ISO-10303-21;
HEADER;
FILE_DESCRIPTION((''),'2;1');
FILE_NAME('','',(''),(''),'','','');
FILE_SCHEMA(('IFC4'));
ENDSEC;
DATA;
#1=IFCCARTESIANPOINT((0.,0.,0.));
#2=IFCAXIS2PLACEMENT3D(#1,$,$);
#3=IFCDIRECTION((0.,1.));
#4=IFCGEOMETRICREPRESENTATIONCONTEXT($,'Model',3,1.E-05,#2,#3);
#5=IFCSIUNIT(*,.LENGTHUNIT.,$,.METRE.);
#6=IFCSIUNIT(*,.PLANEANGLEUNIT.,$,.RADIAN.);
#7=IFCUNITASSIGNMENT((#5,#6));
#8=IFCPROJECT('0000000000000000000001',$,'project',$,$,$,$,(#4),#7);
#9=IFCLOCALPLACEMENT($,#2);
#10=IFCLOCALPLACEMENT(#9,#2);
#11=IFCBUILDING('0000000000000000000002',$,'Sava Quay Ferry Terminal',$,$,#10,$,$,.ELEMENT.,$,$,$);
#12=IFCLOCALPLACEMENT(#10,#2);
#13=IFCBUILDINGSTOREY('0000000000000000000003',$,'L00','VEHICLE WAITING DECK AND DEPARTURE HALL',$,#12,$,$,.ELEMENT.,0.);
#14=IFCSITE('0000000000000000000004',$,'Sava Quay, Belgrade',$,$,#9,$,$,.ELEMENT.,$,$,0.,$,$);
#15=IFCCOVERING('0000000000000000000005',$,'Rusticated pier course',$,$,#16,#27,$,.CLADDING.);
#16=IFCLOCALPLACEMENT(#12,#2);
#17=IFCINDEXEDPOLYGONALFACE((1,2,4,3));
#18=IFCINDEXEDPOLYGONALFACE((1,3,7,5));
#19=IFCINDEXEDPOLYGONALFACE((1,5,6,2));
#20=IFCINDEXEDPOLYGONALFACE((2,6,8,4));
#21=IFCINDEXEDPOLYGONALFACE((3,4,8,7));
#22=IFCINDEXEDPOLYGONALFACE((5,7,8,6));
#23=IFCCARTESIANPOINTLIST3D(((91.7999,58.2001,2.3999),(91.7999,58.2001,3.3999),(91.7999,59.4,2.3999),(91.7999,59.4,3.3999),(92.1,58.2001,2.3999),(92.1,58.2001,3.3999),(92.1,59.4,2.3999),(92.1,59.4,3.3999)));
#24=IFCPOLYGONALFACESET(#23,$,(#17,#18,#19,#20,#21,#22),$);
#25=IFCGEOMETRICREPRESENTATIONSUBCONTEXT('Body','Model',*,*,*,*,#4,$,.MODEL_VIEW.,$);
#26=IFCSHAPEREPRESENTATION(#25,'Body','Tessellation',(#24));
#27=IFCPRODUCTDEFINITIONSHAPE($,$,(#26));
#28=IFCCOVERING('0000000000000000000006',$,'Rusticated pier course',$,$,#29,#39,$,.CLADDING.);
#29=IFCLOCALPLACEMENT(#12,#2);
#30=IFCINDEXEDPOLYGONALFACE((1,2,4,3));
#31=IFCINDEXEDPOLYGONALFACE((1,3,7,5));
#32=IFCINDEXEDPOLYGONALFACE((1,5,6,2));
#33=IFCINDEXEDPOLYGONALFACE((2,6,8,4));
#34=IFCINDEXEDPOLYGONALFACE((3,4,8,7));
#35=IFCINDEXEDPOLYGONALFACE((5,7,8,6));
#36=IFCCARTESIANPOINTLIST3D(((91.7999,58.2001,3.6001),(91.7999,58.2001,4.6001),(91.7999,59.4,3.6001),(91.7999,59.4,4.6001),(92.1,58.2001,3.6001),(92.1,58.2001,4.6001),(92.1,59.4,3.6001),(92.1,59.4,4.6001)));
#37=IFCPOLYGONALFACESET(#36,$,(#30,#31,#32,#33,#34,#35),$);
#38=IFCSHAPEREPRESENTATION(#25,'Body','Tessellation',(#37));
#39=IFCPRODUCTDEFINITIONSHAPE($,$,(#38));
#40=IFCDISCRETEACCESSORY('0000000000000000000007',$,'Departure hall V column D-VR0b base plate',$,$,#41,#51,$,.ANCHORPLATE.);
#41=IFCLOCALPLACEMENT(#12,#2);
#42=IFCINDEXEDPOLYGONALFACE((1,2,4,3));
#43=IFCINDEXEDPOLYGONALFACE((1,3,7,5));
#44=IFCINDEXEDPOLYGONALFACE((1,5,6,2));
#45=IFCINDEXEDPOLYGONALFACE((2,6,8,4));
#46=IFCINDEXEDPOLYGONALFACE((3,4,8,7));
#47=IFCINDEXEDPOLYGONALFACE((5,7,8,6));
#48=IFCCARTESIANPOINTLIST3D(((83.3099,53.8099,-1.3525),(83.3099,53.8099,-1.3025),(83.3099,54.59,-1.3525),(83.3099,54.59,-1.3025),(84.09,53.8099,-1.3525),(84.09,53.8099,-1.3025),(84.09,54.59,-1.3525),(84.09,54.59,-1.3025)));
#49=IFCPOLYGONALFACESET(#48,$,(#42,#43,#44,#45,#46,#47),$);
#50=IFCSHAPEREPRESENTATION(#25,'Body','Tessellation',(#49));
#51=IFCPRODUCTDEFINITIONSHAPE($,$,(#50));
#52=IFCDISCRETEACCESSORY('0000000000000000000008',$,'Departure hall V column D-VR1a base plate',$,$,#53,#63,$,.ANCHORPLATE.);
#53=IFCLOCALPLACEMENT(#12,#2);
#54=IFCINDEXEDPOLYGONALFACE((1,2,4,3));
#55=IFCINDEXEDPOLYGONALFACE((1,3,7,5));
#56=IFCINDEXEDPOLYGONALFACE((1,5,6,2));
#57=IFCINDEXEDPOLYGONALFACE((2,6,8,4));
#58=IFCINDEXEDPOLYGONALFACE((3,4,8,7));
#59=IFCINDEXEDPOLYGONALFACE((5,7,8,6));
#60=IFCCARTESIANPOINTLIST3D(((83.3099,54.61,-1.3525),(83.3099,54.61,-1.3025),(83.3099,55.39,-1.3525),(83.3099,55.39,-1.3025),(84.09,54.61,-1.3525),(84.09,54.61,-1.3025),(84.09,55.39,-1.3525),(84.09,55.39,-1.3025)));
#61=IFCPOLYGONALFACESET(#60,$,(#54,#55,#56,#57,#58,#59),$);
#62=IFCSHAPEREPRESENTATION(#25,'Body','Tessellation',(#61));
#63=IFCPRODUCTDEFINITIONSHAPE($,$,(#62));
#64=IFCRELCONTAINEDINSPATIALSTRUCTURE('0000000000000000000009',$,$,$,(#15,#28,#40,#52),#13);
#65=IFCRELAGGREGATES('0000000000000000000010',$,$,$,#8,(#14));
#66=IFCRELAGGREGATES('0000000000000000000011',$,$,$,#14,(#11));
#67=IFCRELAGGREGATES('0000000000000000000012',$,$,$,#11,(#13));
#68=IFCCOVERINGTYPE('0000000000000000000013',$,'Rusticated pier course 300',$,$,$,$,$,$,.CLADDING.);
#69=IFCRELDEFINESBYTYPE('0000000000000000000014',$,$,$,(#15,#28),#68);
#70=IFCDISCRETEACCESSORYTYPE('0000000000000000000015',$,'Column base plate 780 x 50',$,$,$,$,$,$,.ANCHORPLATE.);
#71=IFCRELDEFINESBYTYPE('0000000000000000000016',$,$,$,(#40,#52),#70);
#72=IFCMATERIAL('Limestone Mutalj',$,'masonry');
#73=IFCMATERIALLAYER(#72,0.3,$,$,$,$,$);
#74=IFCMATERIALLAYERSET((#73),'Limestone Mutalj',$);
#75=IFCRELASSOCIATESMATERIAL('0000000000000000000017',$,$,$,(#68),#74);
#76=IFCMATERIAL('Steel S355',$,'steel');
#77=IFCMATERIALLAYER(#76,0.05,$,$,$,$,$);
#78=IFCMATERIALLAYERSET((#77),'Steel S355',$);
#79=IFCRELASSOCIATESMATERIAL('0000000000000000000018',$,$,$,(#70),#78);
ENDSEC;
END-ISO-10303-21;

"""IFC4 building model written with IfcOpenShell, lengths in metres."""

from ifc_helpers import new_model, si_unit, direction, frame, origin, origin_2d, place, context, subcontext, project, spatial, rectangle, extrude, material, layer, layer_set, type_object, element, save


model = new_model("IFC4")

# Units and contexts
model_context = context("Model", 3, precision=1e-05, world=origin(), true_north=direction((0.0, 1.0)))
body_context = subcontext(model_context, "Body", "Model", "MODEL_VIEW")
ifc_project = project(units=[si_unit("LENGTHUNIT", "METRE"), si_unit("PLANEANGLEUNIT", "RADIAN")], contexts=[model_context])

# Site, building, storey
site_placement = place(None, origin())
site = spatial("IfcSite", under=ifc_project, at=site_placement, Name="Sava Quay, Belgrade", CompositionType="ELEMENT", RefElevation=0.0)
building_placement = place(site_placement, origin())
building = spatial("IfcBuilding", under=site, at=building_placement, Name="Sava Quay Ferry Terminal", CompositionType="ELEMENT")
storey_placement = place(building_placement, origin())
storey = spatial("IfcBuildingStorey", under=building, at=storey_placement, Name="L00", Description="VEHICLE WAITING DECK AND DEPARTURE HALL", CompositionType="ELEMENT", Elevation=0.0)

# Coverings
ifc_material_1 = material(Name="Limestone Mutalj", Category="masonry")
ifc_layer_1 = layer(ifc_material_1, 0.3)
ifc_layer_set_1 = layer_set([ifc_layer_1], Name="Limestone Mutalj")
covering_type_1 = type_object("IfcCoveringType", Name="Rusticated pier course 300", PredefinedType="CLADDING", material=ifc_layer_set_1)
for number, where, z_axis, x_axis, name in (
    (1, (91.95, 58.8, 2.3999), (0.0, 0.0, 1.0), (1.0, 0.0, 0.0), "Rusticated pier course"),
    (2, (91.95, 58.8, 3.6001), (0.0, 0.0, 1.0), (1.0, 0.0, 0.0), "Rusticated pier course"),
):
    element("IfcCovering", number, at=place(storey_placement, frame(where, z_axis=z_axis, x_axis=x_axis)), inside=storey, type_object=covering_type_1, Name=name, PredefinedType="CLADDING", context=body_context, shape_type="SweptSolid", body=[
        extrude(rectangle(XDim=0.3, YDim=1.2, at=origin_2d()), origin(), (0.0, 0.0, 1.0), 1.0),
    ])

# Discrete accessories
ifc_material_2 = material(Name="Steel S355", Category="steel")
ifc_layer_2 = layer(ifc_material_2, 0.05)
ifc_layer_set_2 = layer_set([ifc_layer_2], Name="Steel S355")
discrete_accessory_type = type_object("IfcDiscreteAccessoryType", Name="Column base plate 780 x 50", PredefinedType="ANCHORPLATE", material=ifc_layer_set_2)
for number, where, z_axis, x_axis, name in (
    (3, (83.7, 54.2, -1.3525), (0.0, 0.0, 1.0), (1.0, 0.0, 0.0), "Departure hall V column D-VR0b base plate"),
    (4, (83.7, 55.0, -1.3525), (0.0, 0.0, 1.0), (1.0, 0.0, 0.0), "Departure hall V column D-VR1a base plate"),
):
    element("IfcDiscreteAccessory", number, at=place(storey_placement, frame(where, z_axis=z_axis, x_axis=x_axis)), inside=storey, type_object=discrete_accessory_type, Name=name, PredefinedType="ANCHORPLATE", context=body_context, shape_type="SweptSolid", body=[
        extrude(rectangle(XDim=0.78, YDim=0.78, at=origin_2d()), origin(), (0.0, 0.0, 1.0), 0.05),
    ])

save(model, "model.ifc")
